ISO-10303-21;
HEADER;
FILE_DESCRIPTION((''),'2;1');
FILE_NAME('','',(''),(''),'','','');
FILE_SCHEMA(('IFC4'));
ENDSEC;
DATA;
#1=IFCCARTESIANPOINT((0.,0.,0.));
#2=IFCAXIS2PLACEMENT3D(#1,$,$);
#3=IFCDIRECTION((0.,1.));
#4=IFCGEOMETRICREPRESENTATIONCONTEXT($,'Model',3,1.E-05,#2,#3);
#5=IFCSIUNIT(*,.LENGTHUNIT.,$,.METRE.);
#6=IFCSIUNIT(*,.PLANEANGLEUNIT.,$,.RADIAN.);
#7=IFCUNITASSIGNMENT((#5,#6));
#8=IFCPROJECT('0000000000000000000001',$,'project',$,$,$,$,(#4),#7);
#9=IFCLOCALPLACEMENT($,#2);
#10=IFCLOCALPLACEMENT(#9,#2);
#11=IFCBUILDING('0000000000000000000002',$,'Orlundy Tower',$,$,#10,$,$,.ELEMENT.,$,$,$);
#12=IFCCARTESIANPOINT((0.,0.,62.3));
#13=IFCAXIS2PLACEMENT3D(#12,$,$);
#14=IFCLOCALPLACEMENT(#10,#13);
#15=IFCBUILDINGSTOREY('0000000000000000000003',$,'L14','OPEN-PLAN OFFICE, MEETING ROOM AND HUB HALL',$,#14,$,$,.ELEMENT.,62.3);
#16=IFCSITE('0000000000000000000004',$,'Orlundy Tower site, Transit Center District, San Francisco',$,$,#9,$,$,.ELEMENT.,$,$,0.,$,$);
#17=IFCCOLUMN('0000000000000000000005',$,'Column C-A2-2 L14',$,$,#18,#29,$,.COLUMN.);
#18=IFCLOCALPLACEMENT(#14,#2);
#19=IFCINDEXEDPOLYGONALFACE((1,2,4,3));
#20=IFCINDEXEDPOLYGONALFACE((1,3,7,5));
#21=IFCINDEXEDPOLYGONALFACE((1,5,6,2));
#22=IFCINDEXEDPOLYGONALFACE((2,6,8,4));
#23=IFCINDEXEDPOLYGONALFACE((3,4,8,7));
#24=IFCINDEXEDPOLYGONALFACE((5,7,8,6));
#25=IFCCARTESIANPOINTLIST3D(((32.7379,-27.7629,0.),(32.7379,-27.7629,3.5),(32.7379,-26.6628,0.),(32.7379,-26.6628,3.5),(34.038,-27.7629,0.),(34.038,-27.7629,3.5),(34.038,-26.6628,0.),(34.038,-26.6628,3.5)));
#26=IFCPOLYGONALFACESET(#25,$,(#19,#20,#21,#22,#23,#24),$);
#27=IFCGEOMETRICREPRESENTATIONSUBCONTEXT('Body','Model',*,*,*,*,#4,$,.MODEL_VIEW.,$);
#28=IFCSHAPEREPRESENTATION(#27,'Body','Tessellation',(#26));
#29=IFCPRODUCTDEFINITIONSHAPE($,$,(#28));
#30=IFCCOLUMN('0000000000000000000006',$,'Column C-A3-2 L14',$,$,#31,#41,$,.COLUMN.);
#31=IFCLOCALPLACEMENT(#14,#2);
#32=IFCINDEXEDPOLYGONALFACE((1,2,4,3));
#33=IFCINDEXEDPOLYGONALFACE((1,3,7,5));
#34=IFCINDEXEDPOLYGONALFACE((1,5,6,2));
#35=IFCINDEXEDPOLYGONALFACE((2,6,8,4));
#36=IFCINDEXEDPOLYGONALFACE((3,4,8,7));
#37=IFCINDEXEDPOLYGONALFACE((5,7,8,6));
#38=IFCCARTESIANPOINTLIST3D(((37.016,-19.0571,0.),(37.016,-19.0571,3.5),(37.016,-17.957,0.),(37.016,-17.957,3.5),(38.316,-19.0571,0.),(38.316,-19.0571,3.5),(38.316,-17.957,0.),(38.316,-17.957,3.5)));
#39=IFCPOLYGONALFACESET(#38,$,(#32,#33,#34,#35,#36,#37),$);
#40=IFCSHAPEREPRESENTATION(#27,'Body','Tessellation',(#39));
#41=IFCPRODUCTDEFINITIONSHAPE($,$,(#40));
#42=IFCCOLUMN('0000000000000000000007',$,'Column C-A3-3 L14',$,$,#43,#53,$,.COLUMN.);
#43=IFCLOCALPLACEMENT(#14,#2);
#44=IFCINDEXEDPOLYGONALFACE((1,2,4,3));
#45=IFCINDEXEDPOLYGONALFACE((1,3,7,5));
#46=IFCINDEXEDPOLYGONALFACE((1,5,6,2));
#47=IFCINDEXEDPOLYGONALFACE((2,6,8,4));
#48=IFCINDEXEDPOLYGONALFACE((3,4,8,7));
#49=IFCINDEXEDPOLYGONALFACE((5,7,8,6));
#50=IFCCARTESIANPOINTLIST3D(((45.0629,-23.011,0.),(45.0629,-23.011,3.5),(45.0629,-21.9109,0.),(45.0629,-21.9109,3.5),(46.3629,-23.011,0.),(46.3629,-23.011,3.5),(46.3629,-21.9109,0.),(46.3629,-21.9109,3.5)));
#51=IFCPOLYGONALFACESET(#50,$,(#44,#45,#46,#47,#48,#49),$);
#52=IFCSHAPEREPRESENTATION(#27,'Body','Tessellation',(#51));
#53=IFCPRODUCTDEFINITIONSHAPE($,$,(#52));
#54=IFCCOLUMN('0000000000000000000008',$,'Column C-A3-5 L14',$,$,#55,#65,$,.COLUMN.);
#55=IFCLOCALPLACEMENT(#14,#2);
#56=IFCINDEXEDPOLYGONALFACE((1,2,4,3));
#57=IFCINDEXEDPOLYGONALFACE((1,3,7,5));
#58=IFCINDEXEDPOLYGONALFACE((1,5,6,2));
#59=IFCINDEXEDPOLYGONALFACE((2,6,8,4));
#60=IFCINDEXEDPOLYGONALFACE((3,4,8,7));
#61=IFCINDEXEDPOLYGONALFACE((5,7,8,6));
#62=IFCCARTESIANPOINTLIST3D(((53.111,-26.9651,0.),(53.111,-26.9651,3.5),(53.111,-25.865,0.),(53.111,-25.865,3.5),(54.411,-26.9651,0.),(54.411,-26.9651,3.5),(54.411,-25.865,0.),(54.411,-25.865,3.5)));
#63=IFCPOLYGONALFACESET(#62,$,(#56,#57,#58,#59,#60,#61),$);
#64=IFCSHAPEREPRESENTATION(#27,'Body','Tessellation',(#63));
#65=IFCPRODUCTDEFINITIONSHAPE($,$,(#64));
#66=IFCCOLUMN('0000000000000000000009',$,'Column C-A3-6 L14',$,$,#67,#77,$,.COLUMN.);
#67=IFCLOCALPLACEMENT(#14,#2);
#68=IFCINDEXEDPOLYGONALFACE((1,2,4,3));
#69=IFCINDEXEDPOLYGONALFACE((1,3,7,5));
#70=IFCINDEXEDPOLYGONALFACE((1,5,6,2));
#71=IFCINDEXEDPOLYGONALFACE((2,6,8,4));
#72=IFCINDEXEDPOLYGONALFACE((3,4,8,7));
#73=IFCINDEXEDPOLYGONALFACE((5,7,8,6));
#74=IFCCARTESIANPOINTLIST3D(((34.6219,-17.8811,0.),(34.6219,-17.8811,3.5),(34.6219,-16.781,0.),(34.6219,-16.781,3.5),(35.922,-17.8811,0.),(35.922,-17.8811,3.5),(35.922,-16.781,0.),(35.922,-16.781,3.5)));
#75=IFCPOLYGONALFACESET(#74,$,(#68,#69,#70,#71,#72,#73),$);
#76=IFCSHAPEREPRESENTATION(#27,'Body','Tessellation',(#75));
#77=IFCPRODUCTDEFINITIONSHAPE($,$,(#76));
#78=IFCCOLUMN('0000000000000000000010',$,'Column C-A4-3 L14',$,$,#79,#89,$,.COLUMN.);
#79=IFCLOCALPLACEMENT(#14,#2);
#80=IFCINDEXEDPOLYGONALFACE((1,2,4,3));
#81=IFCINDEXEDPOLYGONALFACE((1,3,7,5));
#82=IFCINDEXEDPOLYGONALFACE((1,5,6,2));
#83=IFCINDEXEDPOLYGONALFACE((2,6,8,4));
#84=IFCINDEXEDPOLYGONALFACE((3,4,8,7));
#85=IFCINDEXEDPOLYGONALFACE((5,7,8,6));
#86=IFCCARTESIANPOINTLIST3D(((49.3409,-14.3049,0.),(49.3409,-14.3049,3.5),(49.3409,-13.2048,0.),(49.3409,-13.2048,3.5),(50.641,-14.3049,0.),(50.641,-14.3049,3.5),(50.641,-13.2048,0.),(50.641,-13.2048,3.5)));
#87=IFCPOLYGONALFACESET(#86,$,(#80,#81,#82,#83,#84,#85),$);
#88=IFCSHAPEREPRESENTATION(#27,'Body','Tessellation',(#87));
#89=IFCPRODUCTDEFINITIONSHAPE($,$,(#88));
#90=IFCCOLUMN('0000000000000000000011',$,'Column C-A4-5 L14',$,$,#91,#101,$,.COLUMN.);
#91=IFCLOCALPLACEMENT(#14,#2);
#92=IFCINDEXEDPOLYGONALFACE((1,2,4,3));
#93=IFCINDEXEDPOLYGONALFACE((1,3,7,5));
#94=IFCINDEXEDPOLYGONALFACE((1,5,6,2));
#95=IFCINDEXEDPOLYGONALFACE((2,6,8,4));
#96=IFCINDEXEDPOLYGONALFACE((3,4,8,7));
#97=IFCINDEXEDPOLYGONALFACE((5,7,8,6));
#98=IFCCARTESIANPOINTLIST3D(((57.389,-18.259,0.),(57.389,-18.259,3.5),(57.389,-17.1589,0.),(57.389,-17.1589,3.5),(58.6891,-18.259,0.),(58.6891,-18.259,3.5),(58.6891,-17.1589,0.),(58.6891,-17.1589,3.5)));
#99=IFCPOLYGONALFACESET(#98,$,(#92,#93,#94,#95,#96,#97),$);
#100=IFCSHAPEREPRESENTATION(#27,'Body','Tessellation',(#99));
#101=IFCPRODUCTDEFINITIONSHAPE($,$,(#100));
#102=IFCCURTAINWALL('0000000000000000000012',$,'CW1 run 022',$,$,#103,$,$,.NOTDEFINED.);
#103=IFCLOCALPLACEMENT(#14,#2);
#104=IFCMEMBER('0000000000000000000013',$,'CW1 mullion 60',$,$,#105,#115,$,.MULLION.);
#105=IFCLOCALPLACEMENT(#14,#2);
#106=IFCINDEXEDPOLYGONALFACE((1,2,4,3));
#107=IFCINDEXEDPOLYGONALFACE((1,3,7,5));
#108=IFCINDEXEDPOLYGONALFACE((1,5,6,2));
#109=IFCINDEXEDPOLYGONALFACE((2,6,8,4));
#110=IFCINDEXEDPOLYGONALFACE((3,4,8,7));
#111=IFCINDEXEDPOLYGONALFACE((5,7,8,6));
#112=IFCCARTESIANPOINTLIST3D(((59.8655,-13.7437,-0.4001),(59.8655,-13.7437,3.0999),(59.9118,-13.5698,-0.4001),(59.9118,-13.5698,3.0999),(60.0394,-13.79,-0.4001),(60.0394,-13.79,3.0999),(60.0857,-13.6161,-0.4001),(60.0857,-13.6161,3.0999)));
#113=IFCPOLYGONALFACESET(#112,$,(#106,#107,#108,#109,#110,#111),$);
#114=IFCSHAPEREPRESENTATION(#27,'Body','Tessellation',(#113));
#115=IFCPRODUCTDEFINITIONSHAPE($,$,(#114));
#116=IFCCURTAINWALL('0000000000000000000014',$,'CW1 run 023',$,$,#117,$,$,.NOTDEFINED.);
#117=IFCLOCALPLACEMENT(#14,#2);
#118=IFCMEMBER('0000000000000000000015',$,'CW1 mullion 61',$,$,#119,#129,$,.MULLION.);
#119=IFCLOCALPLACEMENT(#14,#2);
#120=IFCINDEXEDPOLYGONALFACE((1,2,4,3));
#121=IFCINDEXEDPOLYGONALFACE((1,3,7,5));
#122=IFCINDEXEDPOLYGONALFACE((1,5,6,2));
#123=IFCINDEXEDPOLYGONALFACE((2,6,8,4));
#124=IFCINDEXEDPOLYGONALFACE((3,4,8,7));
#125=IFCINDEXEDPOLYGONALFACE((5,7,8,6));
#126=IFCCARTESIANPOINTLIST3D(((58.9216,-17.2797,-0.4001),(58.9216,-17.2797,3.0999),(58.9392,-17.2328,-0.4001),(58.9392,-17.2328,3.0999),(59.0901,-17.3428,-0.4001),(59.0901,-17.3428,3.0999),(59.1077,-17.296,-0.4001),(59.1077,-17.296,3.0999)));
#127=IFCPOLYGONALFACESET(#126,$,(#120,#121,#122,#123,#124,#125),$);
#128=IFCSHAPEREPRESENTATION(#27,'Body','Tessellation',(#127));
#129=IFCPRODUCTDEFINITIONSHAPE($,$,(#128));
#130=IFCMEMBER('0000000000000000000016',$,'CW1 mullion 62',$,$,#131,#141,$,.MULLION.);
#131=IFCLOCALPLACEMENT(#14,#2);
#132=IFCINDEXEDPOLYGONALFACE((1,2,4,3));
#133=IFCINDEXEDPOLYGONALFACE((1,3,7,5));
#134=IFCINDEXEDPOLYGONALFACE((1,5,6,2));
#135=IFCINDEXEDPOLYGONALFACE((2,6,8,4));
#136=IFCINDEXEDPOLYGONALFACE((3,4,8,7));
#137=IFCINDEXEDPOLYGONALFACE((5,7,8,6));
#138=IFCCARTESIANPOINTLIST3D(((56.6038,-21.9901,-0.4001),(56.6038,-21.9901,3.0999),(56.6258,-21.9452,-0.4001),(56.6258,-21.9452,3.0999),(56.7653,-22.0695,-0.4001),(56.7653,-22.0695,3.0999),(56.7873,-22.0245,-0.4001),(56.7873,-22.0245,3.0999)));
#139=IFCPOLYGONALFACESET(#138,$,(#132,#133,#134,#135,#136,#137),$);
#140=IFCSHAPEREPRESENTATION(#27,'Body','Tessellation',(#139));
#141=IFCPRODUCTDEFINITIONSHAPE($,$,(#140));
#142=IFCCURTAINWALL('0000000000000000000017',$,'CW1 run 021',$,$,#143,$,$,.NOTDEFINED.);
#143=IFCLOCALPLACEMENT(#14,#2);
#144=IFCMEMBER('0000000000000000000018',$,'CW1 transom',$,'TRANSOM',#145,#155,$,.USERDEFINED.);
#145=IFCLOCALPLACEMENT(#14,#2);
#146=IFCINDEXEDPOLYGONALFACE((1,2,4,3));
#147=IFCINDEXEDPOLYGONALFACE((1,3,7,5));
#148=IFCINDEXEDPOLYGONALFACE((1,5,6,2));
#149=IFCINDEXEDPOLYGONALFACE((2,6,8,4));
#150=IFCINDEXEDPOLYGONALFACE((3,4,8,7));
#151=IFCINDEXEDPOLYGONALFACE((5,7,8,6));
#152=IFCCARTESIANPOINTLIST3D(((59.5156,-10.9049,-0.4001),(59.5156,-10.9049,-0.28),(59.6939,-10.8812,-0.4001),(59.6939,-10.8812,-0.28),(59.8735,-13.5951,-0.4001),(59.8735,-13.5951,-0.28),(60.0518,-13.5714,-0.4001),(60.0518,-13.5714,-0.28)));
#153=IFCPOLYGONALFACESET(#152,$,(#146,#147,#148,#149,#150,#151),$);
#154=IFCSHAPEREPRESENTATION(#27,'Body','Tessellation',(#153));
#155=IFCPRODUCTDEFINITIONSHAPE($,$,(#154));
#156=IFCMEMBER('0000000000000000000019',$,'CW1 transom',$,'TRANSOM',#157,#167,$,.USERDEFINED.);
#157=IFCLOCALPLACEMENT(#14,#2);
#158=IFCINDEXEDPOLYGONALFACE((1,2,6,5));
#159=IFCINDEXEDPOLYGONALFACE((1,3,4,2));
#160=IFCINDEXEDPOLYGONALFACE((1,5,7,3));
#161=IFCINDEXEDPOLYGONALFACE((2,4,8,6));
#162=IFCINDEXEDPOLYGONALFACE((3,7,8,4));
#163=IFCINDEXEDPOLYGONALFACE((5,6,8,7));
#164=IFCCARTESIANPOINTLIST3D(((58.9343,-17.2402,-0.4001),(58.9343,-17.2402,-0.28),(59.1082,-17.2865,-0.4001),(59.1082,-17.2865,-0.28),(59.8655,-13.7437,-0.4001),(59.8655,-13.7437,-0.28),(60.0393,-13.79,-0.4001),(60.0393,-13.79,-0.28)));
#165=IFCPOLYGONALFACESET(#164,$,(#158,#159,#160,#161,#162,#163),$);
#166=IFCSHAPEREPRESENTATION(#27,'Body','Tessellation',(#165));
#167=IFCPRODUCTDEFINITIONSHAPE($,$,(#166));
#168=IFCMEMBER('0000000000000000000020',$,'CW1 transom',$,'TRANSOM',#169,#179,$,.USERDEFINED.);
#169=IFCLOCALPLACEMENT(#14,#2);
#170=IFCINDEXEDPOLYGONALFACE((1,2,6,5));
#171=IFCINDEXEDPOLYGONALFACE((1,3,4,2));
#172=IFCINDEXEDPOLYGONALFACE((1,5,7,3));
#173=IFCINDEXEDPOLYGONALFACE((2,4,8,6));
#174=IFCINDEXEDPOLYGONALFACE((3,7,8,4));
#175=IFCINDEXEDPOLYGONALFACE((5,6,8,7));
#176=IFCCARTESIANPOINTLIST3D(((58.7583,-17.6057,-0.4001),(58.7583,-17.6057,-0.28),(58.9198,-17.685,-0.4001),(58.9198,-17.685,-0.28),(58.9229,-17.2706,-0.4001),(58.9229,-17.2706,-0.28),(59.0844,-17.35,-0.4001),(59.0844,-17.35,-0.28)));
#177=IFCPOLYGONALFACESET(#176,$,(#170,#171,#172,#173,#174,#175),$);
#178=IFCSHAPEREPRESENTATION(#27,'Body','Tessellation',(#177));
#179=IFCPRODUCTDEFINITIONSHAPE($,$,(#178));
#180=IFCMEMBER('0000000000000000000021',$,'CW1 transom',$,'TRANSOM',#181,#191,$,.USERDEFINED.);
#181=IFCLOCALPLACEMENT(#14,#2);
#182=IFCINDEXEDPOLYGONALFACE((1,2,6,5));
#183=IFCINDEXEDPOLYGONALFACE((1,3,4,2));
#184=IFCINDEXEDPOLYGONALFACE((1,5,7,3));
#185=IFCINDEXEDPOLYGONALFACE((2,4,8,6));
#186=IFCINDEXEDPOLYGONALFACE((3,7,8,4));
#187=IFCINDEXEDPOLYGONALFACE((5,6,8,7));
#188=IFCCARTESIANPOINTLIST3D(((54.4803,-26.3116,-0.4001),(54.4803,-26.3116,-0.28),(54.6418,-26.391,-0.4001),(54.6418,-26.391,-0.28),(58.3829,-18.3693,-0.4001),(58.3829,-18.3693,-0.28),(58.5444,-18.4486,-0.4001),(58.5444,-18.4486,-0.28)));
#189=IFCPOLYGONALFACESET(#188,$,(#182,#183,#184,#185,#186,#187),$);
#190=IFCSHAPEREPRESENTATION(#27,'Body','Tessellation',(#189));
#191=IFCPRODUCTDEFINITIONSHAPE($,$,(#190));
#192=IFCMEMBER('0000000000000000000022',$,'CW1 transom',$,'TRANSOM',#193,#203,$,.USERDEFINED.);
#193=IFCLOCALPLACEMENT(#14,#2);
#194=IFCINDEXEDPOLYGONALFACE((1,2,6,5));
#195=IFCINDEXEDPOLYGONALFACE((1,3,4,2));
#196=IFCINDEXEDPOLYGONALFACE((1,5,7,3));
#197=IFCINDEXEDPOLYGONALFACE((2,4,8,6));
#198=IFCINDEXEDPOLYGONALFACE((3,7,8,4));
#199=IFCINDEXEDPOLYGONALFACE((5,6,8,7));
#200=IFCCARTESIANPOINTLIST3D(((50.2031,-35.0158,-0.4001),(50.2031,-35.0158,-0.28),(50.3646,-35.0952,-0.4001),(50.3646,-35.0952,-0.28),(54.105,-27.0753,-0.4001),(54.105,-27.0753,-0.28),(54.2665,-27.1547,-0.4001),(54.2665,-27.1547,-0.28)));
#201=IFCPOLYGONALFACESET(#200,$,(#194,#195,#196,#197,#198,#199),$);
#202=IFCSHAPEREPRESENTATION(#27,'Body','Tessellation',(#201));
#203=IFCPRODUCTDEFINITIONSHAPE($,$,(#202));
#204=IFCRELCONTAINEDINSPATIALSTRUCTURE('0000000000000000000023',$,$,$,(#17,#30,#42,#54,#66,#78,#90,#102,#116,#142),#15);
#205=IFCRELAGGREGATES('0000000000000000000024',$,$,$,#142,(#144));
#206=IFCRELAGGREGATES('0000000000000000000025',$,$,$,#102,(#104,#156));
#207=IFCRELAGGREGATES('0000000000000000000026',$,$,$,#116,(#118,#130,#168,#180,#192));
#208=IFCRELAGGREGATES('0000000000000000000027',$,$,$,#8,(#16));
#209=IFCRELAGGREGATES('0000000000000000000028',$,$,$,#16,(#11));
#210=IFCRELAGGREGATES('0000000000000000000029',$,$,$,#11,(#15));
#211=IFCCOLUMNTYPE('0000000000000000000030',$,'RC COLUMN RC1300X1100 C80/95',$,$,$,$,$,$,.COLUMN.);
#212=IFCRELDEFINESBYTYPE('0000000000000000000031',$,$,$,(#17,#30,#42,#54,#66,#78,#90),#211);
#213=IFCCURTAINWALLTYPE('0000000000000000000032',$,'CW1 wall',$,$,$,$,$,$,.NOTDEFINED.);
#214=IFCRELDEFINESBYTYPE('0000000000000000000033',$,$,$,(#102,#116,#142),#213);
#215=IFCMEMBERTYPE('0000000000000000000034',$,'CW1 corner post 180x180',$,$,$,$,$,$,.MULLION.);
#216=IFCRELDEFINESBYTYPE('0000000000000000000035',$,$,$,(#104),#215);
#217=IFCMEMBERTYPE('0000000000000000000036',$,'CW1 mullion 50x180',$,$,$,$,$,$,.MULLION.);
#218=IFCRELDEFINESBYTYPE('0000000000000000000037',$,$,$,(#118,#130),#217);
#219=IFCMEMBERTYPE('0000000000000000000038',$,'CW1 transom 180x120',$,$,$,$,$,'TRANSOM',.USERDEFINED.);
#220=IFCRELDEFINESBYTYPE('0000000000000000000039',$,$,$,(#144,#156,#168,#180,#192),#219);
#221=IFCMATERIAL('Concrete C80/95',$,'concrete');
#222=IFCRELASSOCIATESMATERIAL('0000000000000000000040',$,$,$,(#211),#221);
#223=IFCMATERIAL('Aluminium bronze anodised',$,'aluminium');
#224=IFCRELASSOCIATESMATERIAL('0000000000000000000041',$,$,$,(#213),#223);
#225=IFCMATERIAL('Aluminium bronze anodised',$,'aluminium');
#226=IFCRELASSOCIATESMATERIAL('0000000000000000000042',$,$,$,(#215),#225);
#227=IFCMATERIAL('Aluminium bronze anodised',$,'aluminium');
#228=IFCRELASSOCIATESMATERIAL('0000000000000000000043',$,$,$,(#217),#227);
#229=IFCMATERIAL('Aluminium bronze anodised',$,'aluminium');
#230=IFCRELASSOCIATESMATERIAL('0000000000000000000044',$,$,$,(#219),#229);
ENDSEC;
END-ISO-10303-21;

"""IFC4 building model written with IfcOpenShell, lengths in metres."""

from ifc_helpers import new_model, si_unit, direction, frame, origin, origin_2d, place, context, subcontext, project, spatial, rectangle, extrude, material, material_profile, profile_set, type_object, element, aggregate, save


model = new_model("IFC4")

# Units and contexts
model_context = context("Model", 3, precision=1e-05, world=origin(), true_north=direction((0.0, 1.0)))
body_context = subcontext(model_context, "Body", "Model", "MODEL_VIEW")
ifc_project = project(units=[si_unit("LENGTHUNIT", "METRE"), si_unit("PLANEANGLEUNIT", "RADIAN")], contexts=[model_context])

# Site, building, storey
site_placement = place(None, origin())
site = spatial("IfcSite", under=ifc_project, at=site_placement, Name="Orlundy Tower site, Transit Center District, San Francisco", CompositionType="ELEMENT", RefElevation=0.0)
building_placement = place(site_placement, origin())
building = spatial("IfcBuilding", under=site, at=building_placement, Name="Orlundy Tower", CompositionType="ELEMENT")
storey_placement = place(building_placement, frame((0.0, 0.0, 62.3)))
storey = spatial("IfcBuildingStorey", under=building, at=storey_placement, Name="L14", Description="OPEN-PLAN OFFICE, MEETING ROOM AND HUB HALL", CompositionType="ELEMENT", Elevation=62.3)

# Columns
ifc_material_1 = material(Name="Concrete C80/95", Category="concrete")
ifc_material_profile_1 = material_profile(ifc_material_1, rectangle(XDim=1.3, YDim=1.1001, at=origin_2d()), Name="RC1300X1100")
ifc_profile_set_1 = profile_set([ifc_material_profile_1], Name="Concrete C80/95")
column_type = type_object("IfcColumnType", Name="RC COLUMN RC1300X1100 C80/95", PredefinedType="COLUMN", material=ifc_profile_set_1)
for number, where, z_axis, x_axis, name in (
    (1, (33.3879, -27.2129, 0.0), (0.0, 0.0, 1.0), (1.0, 0.0, 0.0), "Column C-A2-2 L14"),
    (2, (37.666, -18.5071, 0.0), (0.0, 0.0, 1.0), (1.0, 0.0, 0.0), "Column C-A3-2 L14"),
    (3, (45.7129, -22.4609, 0.0), (0.0, 0.0, 1.0), (1.0, 0.0, 0.0), "Column C-A3-3 L14"),
    (4, (53.761, -26.415, 0.0), (0.0, 0.0, 1.0), (1.0, 0.0, 0.0), "Column C-A3-5 L14"),
    (5, (35.272, -17.3311, 0.0), (0.0, 0.0, 1.0), (1.0, 0.0, 0.0), "Column C-A3-6 L14"),
    (6, (49.991, -13.7549, 0.0), (0.0, 0.0, 1.0), (1.0, 0.0, 0.0), "Column C-A4-3 L14"),
    (7, (58.0391, -17.709, 0.0), (0.0, 0.0, 1.0), (1.0, 0.0, 0.0), "Column C-A4-5 L14"),
):
    element("IfcColumn", number, at=place(storey_placement, frame(where, z_axis=z_axis, x_axis=x_axis)), inside=storey, type_object=column_type, Name=name, PredefinedType="COLUMN", context=body_context, shape_type="SweptSolid", body=[
        extrude(rectangle(XDim=1.3, YDim=1.1001, at=origin_2d()), origin(), (0.0, 0.0, 1.0), 3.5),
    ])

# Curtain wall, member
ifc_material_2 = material(Name="Aluminium bronze anodised", Category="aluminium")
curtain_wall_type = type_object("IfcCurtainWallType", Name="CW1 wall", PredefinedType="NOTDEFINED", material=ifc_material_2)
curtain_wall_1_placement = place(storey_placement, origin())
curtain_wall_1 = element("IfcCurtainWall", 8, at=curtain_wall_1_placement, inside=storey, type_object=curtain_wall_type, Name="CW1 run 022", PredefinedType="NOTDEFINED")
ifc_material_3 = material(Name="Aluminium bronze anodised", Category="aluminium")
ifc_material_profile_2 = material_profile(ifc_material_3, rectangle(XDim=0.1799, YDim=0.1799, at=origin_2d()), Name="CW1 corner post 180x180")
ifc_profile_set_2 = profile_set([ifc_material_profile_2], Name="Aluminium bronze anodised")
member_type_1 = type_object("IfcMemberType", Name="CW1 corner post 180x180", PredefinedType="MULLION", material=ifc_profile_set_2)
member_1_placement = place(storey_placement, frame((59.9756, -13.6799, -0.4001), z_axis=(0.0, 0.0, 1.0), x_axis=(0.966315, -0.25736, 0.0)))
member_1 = element("IfcMember", 9, at=member_1_placement, type_object=member_type_1, Name="CW1 mullion 60", PredefinedType="MULLION", context=body_context, shape_type="SweptSolid", body=[
    extrude(rectangle(XDim=0.1799, YDim=0.1799, at=origin_2d()), origin(), (0.0, 0.0, 1.0), 3.5),
])

# Curtain wall, members
curtain_wall_2_placement = place(storey_placement, origin())
curtain_wall_2 = element("IfcCurtainWall", 10, at=curtain_wall_2_placement, inside=storey, type_object=curtain_wall_type, Name="CW1 run 023", PredefinedType="NOTDEFINED")
ifc_material_4 = material(Name="Aluminium bronze anodised", Category="aluminium")
ifc_material_profile_3 = material_profile(ifc_material_4, rectangle(XDim=0.1799, YDim=0.05, at=origin_2d()), Name="CW1 mullion 50x180")
ifc_profile_set_3 = profile_set([ifc_material_profile_3], Name="Aluminium bronze anodised")
member_type_2 = type_object("IfcMemberType", Name="CW1 mullion 50x180", PredefinedType="MULLION", material=ifc_profile_set_3)
member_2_placement = place(storey_placement, frame((59.0146, -17.2878, -0.4001), z_axis=(0.0, 0.0, 1.0), x_axis=(0.936421, -0.350877, 0.0)))
member_2 = element("IfcMember", 11, at=member_2_placement, type_object=member_type_2, Name="CW1 mullion 61", PredefinedType="MULLION", context=body_context, shape_type="SweptSolid", body=[
    extrude(rectangle(XDim=0.1799, YDim=0.05, at=origin_2d()), origin(), (0.0, 0.0, 1.0), 3.5),
])
member_3_placement = place(storey_placement, frame((56.6956, -22.0073, -0.4001), z_axis=(0.0, 0.0, 1.0), x_axis=(0.897501, -0.441012, 0.0)))
member_3 = element("IfcMember", 12, at=member_3_placement, type_object=member_type_2, Name="CW1 mullion 62", PredefinedType="MULLION", context=body_context, shape_type="SweptSolid", body=[
    extrude(rectangle(XDim=0.1799, YDim=0.05, at=origin_2d()), origin(), (0.0, 0.0, 1.0), 3.5),
])

# Curtain wall, member
curtain_wall_3_placement = place(storey_placement, origin())
curtain_wall_3 = element("IfcCurtainWall", 13, at=curtain_wall_3_placement, inside=storey, type_object=curtain_wall_type, Name="CW1 run 021", PredefinedType="NOTDEFINED")
ifc_material_5 = material(Name="Aluminium bronze anodised", Category="aluminium")
ifc_material_profile_4 = material_profile(ifc_material_5, rectangle(XDim=0.1799, YDim=0.1201, at=origin_2d()), Name="CW1 transom 180x120")
ifc_profile_set_4 = profile_set([ifc_material_profile_4], Name="Aluminium bronze anodised")
member_type_3 = type_object("IfcMemberType", Name="CW1 transom 180x120", ElementType="TRANSOM", PredefinedType="USERDEFINED", material=ifc_profile_set_4)
member_4_placement = place(storey_placement, frame((59.6047, -10.8931, -0.3401), z_axis=(0.131881, -0.991266, 0.0), x_axis=(0.991266, 0.131881, 0.0)))
member_4 = element("IfcMember", 14, at=member_4_placement, type_object=member_type_3, Name="CW1 transom", ObjectType="TRANSOM", PredefinedType="USERDEFINED", context=body_context, shape_type="SweptSolid", body=[
    extrude(rectangle(XDim=0.1799, YDim=0.1201, at=origin_2d()), origin(), (0.0, 0.0, 1.0), 2.7139),
])

# Members
member_5_placement = place(storey_placement, frame((59.9524, -13.7668, -0.3401), z_axis=(-0.257335, -0.966322, 0.0), x_axis=(0.966322, -0.257335, 0.0)))
member_5 = element("IfcMember", 15, at=member_5_placement, type_object=member_type_3, Name="CW1 transom", ObjectType="TRANSOM", PredefinedType="USERDEFINED", context=body_context, shape_type="SweptSolid", body=[
    extrude(rectangle(XDim=0.1799, YDim=0.1201, at=origin_2d()), origin(), (0.0, 0.0, 1.0), 3.6184),
])
member_6_placement = place(storey_placement, frame((59.0037, -17.3103, -0.3401), z_axis=(-0.440922, -0.897545, 0.0), x_axis=(0.897545, -0.440922, 0.0)))
member_6 = element("IfcMember", 16, at=member_6_placement, type_object=member_type_3, Name="CW1 transom", ObjectType="TRANSOM", PredefinedType="USERDEFINED", context=body_context, shape_type="SweptSolid", body=[
    extrude(rectangle(XDim=0.1799, YDim=0.1201, at=origin_2d()), origin(), (0.0, 0.0, 1.0), 0.3733),
])
member_7_placement = place(storey_placement, frame((58.4636, -18.4089, -0.3401), z_axis=(-0.441001, -0.897507, 0.0), x_axis=(0.897507, -0.441001, 0.0)))
member_7 = element("IfcMember", 17, at=member_7_placement, type_object=member_type_3, Name="CW1 transom", ObjectType="TRANSOM", PredefinedType="USERDEFINED", context=body_context, shape_type="SweptSolid", body=[
    extrude(rectangle(XDim=0.1799, YDim=0.1201, at=origin_2d()), origin(), (0.0, 0.0, 1.0), 8.8494),
])
member_8_placement = place(storey_placement, frame((54.1858, -27.115, -0.3401), z_axis=(-0.441022, -0.897496, 0.0), x_axis=(0.897496, -0.441022, 0.0)))
member_8 = element("IfcMember", 18, at=member_8_placement, type_object=member_type_3, Name="CW1 transom", ObjectType="TRANSOM", PredefinedType="USERDEFINED", context=body_context, shape_type="SweptSolid", body=[
    extrude(rectangle(XDim=0.1799, YDim=0.1201, at=origin_2d()), origin(), (0.0, 0.0, 1.0), 8.8474),
])

aggregate(curtain_wall_3, [member_4])
aggregate(curtain_wall_1, [member_1, member_5])
aggregate(curtain_wall_2, [member_2, member_3, member_6, member_7, member_8])

save(model, "model.ifc")
